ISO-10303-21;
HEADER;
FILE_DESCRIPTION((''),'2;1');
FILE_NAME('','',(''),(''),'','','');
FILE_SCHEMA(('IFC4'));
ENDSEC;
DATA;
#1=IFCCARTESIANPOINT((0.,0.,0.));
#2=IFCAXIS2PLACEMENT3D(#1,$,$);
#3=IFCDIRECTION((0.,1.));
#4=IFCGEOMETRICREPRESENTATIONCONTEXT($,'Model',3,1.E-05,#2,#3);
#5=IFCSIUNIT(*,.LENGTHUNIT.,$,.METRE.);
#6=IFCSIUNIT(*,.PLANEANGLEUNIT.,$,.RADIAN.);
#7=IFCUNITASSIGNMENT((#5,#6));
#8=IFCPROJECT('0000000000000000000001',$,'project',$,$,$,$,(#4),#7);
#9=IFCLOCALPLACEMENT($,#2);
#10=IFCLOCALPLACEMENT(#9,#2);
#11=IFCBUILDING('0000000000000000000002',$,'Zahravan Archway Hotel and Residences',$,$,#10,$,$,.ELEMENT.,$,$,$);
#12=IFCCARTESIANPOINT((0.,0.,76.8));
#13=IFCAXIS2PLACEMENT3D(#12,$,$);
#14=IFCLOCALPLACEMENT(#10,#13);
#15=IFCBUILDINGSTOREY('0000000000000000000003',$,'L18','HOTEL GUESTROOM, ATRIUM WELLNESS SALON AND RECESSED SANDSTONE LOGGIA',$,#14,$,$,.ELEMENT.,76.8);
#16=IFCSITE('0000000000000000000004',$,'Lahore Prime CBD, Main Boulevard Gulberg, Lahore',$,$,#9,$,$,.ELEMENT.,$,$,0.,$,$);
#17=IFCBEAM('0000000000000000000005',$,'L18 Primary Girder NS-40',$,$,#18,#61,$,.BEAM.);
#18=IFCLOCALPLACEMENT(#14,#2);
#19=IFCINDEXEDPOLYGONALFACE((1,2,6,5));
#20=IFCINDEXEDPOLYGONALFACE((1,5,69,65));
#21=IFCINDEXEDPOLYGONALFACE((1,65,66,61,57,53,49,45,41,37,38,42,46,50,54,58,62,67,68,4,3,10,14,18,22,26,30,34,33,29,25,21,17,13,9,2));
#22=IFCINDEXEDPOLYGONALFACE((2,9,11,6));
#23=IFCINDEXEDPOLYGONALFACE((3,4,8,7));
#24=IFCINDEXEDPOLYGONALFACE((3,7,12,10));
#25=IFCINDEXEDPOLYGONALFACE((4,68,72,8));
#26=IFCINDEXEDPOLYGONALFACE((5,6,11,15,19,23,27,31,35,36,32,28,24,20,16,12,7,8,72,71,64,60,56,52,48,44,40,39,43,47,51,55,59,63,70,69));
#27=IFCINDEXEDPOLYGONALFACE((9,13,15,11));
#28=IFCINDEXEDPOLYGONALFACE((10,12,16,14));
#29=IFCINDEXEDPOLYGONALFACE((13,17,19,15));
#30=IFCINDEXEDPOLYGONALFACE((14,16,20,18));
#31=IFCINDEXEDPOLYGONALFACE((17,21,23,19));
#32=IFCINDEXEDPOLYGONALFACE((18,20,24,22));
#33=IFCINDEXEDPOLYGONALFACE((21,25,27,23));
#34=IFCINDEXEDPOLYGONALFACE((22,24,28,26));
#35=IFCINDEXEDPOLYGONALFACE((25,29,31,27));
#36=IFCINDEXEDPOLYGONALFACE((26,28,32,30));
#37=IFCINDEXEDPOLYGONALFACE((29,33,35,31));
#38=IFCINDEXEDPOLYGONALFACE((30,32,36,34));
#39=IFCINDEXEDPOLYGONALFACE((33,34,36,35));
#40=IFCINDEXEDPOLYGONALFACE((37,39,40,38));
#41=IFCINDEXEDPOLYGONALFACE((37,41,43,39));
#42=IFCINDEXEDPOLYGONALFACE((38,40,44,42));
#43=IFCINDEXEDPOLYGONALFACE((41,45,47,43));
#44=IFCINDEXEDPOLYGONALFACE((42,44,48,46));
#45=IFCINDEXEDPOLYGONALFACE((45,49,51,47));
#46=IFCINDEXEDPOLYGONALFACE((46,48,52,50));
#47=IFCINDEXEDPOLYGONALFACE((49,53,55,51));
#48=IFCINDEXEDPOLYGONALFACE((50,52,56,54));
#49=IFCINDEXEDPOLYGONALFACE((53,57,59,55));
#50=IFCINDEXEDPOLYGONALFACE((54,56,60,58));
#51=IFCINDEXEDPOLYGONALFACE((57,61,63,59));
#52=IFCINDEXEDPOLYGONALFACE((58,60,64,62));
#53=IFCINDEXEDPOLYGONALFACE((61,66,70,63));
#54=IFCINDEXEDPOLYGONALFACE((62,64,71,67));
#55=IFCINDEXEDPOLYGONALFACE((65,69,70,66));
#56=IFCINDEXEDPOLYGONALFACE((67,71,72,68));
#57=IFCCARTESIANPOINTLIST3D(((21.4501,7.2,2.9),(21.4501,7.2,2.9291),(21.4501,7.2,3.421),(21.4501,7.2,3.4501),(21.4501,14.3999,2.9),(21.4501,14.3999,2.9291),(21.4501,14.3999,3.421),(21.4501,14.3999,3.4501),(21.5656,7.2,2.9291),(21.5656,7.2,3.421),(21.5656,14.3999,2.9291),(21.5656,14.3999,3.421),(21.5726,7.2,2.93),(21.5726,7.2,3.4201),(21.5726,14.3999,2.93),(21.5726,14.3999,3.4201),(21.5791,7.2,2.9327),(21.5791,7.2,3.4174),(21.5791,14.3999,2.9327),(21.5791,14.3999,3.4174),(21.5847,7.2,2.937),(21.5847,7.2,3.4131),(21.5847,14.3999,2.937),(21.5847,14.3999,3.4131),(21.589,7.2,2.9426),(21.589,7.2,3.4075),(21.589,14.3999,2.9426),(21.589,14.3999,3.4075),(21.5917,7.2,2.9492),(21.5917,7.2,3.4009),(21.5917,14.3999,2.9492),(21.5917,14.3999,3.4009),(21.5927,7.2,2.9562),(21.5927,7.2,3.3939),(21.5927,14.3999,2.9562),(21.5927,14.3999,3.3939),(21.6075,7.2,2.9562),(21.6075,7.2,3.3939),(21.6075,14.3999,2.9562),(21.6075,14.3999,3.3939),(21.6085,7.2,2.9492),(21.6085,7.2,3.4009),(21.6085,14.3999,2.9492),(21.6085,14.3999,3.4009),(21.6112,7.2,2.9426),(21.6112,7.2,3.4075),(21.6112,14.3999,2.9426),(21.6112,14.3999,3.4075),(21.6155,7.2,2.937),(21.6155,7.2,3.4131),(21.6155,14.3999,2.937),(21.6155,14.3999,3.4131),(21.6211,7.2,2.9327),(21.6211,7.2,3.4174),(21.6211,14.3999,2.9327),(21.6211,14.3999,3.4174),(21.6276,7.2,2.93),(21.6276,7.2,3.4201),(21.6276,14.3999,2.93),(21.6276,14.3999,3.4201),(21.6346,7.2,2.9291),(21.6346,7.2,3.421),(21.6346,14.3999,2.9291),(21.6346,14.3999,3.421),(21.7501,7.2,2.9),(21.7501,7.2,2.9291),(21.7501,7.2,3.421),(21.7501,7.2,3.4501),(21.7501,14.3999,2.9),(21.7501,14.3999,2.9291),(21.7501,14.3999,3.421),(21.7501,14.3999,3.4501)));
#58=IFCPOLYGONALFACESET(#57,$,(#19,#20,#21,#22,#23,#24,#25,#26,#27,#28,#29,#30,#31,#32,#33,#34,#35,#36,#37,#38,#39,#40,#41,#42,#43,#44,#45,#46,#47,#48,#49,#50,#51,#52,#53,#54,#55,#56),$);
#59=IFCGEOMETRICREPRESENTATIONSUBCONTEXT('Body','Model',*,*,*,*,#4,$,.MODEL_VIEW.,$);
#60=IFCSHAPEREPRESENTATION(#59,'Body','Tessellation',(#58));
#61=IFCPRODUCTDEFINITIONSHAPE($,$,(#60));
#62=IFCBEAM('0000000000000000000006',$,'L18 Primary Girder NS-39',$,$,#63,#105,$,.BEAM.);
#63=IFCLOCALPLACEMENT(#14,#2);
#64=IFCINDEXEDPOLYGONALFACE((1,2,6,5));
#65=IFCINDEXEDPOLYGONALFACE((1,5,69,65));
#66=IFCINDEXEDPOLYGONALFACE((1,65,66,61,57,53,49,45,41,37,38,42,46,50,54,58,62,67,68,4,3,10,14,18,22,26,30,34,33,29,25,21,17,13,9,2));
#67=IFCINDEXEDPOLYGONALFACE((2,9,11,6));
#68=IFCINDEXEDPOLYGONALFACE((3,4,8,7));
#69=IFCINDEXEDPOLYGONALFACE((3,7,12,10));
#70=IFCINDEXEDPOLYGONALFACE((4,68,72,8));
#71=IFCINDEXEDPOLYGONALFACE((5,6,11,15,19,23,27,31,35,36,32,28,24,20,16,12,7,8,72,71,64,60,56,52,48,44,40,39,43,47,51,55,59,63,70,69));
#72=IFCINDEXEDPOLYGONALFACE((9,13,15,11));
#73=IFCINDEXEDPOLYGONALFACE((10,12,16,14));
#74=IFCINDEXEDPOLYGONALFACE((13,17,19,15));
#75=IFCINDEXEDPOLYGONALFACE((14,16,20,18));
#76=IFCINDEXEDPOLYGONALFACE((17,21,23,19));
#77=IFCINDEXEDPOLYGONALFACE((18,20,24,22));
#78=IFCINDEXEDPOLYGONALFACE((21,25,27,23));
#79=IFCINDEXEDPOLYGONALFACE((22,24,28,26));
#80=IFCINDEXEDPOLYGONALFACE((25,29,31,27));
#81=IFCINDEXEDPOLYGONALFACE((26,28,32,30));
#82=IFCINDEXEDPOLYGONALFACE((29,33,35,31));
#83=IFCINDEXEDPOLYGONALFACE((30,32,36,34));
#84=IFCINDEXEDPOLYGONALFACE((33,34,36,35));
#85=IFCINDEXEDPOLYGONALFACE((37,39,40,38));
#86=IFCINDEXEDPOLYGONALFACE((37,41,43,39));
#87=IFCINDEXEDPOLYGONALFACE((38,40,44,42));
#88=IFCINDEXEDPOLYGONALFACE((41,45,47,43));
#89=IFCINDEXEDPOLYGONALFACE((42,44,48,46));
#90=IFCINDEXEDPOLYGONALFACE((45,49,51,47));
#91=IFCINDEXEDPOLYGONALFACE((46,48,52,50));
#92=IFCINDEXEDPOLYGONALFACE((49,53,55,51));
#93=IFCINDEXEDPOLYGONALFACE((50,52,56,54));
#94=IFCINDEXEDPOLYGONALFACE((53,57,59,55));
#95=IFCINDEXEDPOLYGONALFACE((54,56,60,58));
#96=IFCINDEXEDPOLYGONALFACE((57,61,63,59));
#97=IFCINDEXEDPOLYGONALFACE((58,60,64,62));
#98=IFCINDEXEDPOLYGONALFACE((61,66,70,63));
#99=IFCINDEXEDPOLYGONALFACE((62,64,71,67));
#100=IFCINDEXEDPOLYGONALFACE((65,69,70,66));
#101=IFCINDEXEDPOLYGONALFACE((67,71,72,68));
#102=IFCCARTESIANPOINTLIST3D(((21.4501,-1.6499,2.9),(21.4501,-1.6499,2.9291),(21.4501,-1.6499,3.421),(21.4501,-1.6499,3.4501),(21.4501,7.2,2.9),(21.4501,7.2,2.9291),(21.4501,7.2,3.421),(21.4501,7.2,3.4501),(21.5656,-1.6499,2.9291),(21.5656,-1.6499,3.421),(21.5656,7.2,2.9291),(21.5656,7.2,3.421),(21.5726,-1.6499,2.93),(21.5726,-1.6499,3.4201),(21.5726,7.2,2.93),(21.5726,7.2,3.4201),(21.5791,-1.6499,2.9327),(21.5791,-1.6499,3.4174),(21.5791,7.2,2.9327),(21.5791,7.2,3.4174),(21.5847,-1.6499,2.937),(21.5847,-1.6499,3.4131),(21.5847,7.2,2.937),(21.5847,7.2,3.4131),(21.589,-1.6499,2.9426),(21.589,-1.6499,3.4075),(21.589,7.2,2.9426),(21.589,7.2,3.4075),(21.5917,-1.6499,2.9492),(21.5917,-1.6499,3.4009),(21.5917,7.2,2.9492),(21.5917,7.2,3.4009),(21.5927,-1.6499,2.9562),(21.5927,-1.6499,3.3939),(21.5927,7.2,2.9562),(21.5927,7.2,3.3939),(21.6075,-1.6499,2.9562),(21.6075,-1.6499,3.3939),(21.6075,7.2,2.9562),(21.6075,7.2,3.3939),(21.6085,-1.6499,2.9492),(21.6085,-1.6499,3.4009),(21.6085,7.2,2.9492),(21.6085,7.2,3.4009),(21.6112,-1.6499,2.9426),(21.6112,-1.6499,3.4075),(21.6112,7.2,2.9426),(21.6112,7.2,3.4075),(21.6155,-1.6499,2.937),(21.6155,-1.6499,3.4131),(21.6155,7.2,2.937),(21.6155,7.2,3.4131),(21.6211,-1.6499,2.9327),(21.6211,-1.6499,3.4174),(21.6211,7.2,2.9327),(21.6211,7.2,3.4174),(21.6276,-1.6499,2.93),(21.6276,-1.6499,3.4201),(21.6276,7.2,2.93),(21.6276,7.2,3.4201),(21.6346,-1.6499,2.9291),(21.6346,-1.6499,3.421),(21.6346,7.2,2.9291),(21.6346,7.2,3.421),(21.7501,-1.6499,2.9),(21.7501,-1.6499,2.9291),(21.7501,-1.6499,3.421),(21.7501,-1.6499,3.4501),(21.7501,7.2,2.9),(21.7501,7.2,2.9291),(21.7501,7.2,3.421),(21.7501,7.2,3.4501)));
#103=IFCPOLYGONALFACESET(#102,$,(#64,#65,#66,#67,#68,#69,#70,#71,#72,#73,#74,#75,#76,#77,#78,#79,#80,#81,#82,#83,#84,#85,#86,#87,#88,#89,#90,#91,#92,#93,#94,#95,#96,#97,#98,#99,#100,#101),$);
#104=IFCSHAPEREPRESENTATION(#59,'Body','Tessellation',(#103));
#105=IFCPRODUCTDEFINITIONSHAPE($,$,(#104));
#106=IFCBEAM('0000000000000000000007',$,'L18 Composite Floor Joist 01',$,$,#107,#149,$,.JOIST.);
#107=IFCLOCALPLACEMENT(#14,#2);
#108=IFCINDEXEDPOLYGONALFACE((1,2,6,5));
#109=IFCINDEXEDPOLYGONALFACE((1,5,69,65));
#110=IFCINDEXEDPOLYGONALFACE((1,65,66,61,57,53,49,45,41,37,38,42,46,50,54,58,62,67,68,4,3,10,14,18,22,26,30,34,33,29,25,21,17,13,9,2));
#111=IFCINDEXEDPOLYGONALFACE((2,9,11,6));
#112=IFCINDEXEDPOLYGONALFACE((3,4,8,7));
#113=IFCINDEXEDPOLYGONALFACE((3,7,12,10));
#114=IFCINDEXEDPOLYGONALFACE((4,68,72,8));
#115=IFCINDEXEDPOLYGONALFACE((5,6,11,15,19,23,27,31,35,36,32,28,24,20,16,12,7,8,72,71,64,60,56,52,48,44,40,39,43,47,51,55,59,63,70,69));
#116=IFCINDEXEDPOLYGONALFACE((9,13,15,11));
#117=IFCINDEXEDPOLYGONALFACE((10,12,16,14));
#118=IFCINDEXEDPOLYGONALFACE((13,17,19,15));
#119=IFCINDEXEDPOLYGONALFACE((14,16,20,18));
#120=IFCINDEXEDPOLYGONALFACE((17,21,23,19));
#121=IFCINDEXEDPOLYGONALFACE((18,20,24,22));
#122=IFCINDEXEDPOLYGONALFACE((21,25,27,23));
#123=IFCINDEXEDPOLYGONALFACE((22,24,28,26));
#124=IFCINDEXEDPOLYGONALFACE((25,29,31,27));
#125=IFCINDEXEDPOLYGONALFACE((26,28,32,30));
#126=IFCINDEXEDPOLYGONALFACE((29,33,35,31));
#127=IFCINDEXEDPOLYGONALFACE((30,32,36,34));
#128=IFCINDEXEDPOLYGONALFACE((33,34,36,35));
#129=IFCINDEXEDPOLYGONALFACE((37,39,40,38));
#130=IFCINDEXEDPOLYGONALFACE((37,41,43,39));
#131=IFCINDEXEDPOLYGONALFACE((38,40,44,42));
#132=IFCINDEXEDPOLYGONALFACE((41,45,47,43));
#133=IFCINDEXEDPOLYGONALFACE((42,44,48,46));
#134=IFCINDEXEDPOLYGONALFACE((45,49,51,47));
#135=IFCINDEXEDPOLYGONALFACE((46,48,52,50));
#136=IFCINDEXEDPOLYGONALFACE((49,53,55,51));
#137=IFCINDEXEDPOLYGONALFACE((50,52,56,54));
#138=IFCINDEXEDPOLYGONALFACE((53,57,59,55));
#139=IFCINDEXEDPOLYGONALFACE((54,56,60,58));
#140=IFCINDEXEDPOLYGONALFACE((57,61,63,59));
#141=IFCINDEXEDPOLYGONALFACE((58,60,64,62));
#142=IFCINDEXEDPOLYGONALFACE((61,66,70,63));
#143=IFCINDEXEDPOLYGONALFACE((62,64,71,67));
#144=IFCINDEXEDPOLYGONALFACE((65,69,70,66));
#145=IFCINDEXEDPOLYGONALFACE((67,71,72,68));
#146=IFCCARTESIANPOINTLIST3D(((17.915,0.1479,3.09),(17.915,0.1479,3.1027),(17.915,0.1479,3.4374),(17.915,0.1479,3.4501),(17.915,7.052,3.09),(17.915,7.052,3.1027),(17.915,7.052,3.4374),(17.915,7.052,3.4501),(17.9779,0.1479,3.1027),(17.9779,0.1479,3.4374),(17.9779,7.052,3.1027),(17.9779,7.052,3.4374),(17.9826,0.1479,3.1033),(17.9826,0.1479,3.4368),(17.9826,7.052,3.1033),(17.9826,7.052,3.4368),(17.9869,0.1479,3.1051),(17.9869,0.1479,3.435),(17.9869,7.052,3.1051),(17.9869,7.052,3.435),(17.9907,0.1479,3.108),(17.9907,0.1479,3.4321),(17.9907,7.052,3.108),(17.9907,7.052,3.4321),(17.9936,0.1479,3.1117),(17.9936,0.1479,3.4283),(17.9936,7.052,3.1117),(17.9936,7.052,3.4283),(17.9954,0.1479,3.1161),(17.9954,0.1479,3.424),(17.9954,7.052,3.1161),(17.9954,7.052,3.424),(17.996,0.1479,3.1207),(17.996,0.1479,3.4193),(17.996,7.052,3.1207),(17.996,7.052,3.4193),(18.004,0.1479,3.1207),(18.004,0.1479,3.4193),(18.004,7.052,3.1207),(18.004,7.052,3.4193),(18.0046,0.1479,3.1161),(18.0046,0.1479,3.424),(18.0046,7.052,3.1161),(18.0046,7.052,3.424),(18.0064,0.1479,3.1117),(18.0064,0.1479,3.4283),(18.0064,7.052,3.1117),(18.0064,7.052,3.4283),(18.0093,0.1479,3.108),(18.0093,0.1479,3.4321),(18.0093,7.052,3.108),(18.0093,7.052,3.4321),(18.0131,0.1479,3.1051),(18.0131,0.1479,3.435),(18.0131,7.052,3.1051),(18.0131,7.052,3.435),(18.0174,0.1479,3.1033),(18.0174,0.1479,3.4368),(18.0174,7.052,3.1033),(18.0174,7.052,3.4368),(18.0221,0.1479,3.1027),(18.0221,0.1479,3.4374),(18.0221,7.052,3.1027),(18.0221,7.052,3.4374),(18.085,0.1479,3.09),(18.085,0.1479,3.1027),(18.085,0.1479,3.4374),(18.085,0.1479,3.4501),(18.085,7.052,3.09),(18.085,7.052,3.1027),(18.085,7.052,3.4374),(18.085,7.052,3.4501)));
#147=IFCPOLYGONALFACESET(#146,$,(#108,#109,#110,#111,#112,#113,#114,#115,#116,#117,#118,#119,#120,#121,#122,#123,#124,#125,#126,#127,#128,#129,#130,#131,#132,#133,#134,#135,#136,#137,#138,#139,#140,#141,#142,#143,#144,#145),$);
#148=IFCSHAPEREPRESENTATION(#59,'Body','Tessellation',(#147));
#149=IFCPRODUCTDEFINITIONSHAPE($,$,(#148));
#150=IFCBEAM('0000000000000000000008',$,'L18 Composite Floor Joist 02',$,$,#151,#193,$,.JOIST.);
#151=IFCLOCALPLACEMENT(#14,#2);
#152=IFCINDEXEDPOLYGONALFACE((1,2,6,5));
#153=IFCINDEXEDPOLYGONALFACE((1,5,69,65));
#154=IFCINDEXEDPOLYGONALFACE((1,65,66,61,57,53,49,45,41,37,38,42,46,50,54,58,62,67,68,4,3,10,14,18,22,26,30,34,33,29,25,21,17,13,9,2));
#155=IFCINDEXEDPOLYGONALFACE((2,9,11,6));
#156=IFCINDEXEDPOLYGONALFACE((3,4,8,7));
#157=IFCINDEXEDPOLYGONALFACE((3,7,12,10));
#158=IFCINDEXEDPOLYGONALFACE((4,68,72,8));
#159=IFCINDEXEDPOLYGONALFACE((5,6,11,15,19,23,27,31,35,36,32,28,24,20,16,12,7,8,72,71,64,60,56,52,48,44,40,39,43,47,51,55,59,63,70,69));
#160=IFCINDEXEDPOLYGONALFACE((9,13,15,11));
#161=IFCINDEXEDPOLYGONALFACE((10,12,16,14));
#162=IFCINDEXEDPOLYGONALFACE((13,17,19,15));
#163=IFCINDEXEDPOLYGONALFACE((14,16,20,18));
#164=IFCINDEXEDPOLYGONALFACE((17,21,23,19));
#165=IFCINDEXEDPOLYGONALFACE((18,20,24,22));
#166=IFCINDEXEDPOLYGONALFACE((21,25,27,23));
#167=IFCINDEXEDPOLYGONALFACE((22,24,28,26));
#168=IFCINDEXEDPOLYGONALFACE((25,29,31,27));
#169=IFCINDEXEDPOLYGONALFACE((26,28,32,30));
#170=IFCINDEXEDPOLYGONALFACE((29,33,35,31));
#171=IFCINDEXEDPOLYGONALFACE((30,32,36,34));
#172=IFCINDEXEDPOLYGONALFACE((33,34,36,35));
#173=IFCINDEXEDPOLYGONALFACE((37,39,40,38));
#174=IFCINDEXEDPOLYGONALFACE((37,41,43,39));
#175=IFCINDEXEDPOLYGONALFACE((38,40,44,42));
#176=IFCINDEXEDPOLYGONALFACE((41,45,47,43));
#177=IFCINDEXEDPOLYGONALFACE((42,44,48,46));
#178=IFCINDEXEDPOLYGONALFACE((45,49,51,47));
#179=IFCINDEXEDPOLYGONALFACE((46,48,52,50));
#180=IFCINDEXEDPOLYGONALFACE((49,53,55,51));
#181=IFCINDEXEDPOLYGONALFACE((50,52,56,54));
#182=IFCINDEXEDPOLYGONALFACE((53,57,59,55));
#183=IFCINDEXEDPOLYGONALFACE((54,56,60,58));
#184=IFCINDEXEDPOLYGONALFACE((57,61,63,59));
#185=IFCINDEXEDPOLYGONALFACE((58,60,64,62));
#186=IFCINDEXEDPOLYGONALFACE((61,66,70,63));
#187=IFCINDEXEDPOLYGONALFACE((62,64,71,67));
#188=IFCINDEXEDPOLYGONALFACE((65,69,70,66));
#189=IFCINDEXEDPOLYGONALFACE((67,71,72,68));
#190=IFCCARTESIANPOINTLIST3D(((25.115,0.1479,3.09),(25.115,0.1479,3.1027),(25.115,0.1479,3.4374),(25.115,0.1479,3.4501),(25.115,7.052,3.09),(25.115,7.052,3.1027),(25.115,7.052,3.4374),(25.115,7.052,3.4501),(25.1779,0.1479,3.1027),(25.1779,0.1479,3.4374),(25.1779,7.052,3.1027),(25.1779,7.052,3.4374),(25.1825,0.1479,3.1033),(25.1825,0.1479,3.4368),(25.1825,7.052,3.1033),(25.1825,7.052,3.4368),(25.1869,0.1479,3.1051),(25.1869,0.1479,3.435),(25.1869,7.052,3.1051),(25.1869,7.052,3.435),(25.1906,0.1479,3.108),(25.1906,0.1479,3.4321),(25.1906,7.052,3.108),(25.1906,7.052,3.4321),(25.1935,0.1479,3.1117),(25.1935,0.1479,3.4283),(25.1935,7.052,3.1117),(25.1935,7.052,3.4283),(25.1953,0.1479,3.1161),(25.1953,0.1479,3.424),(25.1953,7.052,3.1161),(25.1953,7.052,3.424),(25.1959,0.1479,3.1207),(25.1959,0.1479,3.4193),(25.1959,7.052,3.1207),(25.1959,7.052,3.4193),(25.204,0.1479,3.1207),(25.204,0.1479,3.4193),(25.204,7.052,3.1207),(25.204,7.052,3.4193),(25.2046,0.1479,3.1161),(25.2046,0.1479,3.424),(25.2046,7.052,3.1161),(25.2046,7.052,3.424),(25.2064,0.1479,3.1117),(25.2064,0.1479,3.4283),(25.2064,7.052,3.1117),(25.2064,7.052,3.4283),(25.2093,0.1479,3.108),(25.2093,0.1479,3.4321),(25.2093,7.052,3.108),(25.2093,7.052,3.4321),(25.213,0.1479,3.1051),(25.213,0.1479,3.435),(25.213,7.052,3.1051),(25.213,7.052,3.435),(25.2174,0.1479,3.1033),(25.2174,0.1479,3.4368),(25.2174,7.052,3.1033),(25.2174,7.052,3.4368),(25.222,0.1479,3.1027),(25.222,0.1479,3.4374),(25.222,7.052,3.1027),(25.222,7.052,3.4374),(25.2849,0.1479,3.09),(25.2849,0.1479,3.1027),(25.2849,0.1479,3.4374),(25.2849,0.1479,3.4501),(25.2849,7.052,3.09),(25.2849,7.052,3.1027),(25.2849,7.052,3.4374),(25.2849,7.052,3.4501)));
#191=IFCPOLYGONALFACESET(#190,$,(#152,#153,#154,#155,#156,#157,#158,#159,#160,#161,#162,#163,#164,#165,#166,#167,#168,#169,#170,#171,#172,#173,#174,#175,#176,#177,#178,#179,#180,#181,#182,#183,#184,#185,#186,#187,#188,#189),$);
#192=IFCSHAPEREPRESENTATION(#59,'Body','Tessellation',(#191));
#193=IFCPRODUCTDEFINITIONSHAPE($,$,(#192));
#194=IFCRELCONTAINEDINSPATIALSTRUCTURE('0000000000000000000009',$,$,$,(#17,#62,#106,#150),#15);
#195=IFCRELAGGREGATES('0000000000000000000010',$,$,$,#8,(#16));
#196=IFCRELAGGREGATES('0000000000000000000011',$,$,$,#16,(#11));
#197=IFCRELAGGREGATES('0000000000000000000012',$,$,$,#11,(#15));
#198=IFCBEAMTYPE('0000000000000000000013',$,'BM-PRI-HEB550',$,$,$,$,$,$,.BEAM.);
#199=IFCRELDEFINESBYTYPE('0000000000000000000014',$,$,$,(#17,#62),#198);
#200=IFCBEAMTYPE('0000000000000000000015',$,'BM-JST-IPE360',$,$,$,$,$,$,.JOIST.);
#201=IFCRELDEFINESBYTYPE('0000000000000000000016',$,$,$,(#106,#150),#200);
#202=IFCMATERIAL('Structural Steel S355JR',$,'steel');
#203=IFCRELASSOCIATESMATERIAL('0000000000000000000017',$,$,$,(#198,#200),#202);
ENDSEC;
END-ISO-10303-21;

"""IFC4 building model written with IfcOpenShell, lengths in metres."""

from ifc_helpers import new_model, si_unit, direction, frame, origin, origin_2d, place, context, subcontext, project, spatial, i_section, extrude, source, transform, mapped, material, material_profile, profile_set, type_object, type_shapes, element, save


model = new_model("IFC4")

# Units and contexts
model_context = context("Model", 3, precision=1e-05, world=origin(), true_north=direction((0.0, 1.0)))
body_context = subcontext(model_context, "Body", "Model", "MODEL_VIEW")
ifc_project = project(units=[si_unit("LENGTHUNIT", "METRE"), si_unit("PLANEANGLEUNIT", "RADIAN")], contexts=[model_context])

# Site, building, storey
site_placement = place(None, origin())
site = spatial("IfcSite", under=ifc_project, at=site_placement, Name="Lahore Prime CBD, Main Boulevard Gulberg, Lahore", CompositionType="ELEMENT", RefElevation=0.0)
building_placement = place(site_placement, origin())
building = spatial("IfcBuilding", under=site, at=building_placement, Name="Zahravan Archway Hotel and Residences", CompositionType="ELEMENT")
storey_placement = place(building_placement, frame((0.0, 0.0, 76.8)))
storey = spatial("IfcBuildingStorey", under=building, at=storey_placement, Name="L18", Description="HOTEL GUESTROOM, ATRIUM WELLNESS SALON AND RECESSED SANDSTONE LOGGIA", CompositionType="ELEMENT", Elevation=76.8)

# Beams
ifc_material_1 = material(Name="Structural Steel S355JR", Category="steel")
ifc_material_profile_1 = material_profile(ifc_material_1, i_section(OverallWidth=0.3, OverallDepth=0.55, WebThickness=0.0149, FlangeThickness=0.0291, FilletRadius=0.0271, at=origin_2d()), Name="HEB 550", Category="steel")
ifc_profile_set_1 = profile_set([ifc_material_profile_1], Name="Structural Steel S355JR")
beam_type_1 = type_object("IfcBeamType", Name="BM-PRI-HEB550", PredefinedType="BEAM", material=ifc_profile_set_1)
shared_shape_1 = source(origin(), body_context, "Body", "SweptSolid", [
    extrude(i_section(OverallWidth=0.3, OverallDepth=0.55, WebThickness=0.0149, FlangeThickness=0.0291, FilletRadius=0.0271, at=origin_2d()), origin(), (0.0, 0.0, 1.0), 7.2),
])
for number, where, z_axis, x_axis, name in (
    (1, (21.6001, 7.2, 3.175), (0.0, 1.0, 0.0), (-1.0, 0.0, 0.0), "L18 Primary Girder NS-40"),
):
    element("IfcBeam", number, at=place(storey_placement, frame(where, z_axis=z_axis, x_axis=x_axis)), inside=storey, type_object=beam_type_1, Name=name, PredefinedType="BEAM", context=body_context, shape_type="MappedRepresentation", body=[
        mapped(shared_shape_1, transform((0.0, 0.0, 0.0), scale=1.0)),
    ])
shared_shape_2 = source(origin(), body_context, "Body", "SweptSolid", [
    extrude(i_section(OverallWidth=0.3, OverallDepth=0.55, WebThickness=0.0149, FlangeThickness=0.0291, FilletRadius=0.0271, at=origin_2d()), origin(), (0.0, 0.0, 1.0), 8.8499),
])
beam_1_placement = place(storey_placement, frame((21.6001, -1.6499, 3.175), z_axis=(0.0, 1.0, 0.0), x_axis=(-1.0, 0.0, 0.0)))
element("IfcBeam", 2, at=beam_1_placement, inside=storey, type_object=beam_type_1, Name="L18 Primary Girder NS-39", PredefinedType="BEAM", context=body_context, shape_type="MappedRepresentation", body=[
    mapped(shared_shape_2, transform((0.0, 0.0, 0.0), scale=1.0)),
])
ifc_material_profile_2 = material_profile(ifc_material_1, i_section(OverallWidth=0.1699, OverallDepth=0.3601, WebThickness=0.0081, FlangeThickness=0.0127, FilletRadius=0.0181, at=origin_2d()), Name="IPE 360", Category="steel")
ifc_profile_set_2 = profile_set([ifc_material_profile_2], Name="Structural Steel S355JR")
beam_type_2 = type_object("IfcBeamType", Name="BM-JST-IPE360", PredefinedType="JOIST", material=ifc_profile_set_2)
shared_shape_3 = source(origin(), body_context, "Body", "SweptSolid", [
    extrude(i_section(OverallWidth=0.1699, OverallDepth=0.3601, WebThickness=0.0081, FlangeThickness=0.0127, FilletRadius=0.0181, at=origin_2d()), origin(), (0.0, 0.0, 1.0), 6.9041),
])
type_shapes(beam_type_2, [shared_shape_3])
for number, where, z_axis, x_axis, name in (
    (3, (18.0, 0.1479, 3.27), (0.0, 1.0, 0.0), (-1.0, 0.0, 0.0), "L18 Composite Floor Joist 01"),
    (4, (25.2, 0.1479, 3.27), (0.0, 1.0, 0.0), (-1.0, 0.0, 0.0), "L18 Composite Floor Joist 02"),
):
    element("IfcBeam", number, at=place(storey_placement, frame(where, z_axis=z_axis, x_axis=x_axis)), inside=storey, type_object=beam_type_2, Name=name, PredefinedType="JOIST", context=body_context, shape_type="MappedRepresentation", body=[
        mapped(shared_shape_3, transform((0.0, 0.0, 0.0), scale=1.0)),
    ])

save(model, "model.ifc")
